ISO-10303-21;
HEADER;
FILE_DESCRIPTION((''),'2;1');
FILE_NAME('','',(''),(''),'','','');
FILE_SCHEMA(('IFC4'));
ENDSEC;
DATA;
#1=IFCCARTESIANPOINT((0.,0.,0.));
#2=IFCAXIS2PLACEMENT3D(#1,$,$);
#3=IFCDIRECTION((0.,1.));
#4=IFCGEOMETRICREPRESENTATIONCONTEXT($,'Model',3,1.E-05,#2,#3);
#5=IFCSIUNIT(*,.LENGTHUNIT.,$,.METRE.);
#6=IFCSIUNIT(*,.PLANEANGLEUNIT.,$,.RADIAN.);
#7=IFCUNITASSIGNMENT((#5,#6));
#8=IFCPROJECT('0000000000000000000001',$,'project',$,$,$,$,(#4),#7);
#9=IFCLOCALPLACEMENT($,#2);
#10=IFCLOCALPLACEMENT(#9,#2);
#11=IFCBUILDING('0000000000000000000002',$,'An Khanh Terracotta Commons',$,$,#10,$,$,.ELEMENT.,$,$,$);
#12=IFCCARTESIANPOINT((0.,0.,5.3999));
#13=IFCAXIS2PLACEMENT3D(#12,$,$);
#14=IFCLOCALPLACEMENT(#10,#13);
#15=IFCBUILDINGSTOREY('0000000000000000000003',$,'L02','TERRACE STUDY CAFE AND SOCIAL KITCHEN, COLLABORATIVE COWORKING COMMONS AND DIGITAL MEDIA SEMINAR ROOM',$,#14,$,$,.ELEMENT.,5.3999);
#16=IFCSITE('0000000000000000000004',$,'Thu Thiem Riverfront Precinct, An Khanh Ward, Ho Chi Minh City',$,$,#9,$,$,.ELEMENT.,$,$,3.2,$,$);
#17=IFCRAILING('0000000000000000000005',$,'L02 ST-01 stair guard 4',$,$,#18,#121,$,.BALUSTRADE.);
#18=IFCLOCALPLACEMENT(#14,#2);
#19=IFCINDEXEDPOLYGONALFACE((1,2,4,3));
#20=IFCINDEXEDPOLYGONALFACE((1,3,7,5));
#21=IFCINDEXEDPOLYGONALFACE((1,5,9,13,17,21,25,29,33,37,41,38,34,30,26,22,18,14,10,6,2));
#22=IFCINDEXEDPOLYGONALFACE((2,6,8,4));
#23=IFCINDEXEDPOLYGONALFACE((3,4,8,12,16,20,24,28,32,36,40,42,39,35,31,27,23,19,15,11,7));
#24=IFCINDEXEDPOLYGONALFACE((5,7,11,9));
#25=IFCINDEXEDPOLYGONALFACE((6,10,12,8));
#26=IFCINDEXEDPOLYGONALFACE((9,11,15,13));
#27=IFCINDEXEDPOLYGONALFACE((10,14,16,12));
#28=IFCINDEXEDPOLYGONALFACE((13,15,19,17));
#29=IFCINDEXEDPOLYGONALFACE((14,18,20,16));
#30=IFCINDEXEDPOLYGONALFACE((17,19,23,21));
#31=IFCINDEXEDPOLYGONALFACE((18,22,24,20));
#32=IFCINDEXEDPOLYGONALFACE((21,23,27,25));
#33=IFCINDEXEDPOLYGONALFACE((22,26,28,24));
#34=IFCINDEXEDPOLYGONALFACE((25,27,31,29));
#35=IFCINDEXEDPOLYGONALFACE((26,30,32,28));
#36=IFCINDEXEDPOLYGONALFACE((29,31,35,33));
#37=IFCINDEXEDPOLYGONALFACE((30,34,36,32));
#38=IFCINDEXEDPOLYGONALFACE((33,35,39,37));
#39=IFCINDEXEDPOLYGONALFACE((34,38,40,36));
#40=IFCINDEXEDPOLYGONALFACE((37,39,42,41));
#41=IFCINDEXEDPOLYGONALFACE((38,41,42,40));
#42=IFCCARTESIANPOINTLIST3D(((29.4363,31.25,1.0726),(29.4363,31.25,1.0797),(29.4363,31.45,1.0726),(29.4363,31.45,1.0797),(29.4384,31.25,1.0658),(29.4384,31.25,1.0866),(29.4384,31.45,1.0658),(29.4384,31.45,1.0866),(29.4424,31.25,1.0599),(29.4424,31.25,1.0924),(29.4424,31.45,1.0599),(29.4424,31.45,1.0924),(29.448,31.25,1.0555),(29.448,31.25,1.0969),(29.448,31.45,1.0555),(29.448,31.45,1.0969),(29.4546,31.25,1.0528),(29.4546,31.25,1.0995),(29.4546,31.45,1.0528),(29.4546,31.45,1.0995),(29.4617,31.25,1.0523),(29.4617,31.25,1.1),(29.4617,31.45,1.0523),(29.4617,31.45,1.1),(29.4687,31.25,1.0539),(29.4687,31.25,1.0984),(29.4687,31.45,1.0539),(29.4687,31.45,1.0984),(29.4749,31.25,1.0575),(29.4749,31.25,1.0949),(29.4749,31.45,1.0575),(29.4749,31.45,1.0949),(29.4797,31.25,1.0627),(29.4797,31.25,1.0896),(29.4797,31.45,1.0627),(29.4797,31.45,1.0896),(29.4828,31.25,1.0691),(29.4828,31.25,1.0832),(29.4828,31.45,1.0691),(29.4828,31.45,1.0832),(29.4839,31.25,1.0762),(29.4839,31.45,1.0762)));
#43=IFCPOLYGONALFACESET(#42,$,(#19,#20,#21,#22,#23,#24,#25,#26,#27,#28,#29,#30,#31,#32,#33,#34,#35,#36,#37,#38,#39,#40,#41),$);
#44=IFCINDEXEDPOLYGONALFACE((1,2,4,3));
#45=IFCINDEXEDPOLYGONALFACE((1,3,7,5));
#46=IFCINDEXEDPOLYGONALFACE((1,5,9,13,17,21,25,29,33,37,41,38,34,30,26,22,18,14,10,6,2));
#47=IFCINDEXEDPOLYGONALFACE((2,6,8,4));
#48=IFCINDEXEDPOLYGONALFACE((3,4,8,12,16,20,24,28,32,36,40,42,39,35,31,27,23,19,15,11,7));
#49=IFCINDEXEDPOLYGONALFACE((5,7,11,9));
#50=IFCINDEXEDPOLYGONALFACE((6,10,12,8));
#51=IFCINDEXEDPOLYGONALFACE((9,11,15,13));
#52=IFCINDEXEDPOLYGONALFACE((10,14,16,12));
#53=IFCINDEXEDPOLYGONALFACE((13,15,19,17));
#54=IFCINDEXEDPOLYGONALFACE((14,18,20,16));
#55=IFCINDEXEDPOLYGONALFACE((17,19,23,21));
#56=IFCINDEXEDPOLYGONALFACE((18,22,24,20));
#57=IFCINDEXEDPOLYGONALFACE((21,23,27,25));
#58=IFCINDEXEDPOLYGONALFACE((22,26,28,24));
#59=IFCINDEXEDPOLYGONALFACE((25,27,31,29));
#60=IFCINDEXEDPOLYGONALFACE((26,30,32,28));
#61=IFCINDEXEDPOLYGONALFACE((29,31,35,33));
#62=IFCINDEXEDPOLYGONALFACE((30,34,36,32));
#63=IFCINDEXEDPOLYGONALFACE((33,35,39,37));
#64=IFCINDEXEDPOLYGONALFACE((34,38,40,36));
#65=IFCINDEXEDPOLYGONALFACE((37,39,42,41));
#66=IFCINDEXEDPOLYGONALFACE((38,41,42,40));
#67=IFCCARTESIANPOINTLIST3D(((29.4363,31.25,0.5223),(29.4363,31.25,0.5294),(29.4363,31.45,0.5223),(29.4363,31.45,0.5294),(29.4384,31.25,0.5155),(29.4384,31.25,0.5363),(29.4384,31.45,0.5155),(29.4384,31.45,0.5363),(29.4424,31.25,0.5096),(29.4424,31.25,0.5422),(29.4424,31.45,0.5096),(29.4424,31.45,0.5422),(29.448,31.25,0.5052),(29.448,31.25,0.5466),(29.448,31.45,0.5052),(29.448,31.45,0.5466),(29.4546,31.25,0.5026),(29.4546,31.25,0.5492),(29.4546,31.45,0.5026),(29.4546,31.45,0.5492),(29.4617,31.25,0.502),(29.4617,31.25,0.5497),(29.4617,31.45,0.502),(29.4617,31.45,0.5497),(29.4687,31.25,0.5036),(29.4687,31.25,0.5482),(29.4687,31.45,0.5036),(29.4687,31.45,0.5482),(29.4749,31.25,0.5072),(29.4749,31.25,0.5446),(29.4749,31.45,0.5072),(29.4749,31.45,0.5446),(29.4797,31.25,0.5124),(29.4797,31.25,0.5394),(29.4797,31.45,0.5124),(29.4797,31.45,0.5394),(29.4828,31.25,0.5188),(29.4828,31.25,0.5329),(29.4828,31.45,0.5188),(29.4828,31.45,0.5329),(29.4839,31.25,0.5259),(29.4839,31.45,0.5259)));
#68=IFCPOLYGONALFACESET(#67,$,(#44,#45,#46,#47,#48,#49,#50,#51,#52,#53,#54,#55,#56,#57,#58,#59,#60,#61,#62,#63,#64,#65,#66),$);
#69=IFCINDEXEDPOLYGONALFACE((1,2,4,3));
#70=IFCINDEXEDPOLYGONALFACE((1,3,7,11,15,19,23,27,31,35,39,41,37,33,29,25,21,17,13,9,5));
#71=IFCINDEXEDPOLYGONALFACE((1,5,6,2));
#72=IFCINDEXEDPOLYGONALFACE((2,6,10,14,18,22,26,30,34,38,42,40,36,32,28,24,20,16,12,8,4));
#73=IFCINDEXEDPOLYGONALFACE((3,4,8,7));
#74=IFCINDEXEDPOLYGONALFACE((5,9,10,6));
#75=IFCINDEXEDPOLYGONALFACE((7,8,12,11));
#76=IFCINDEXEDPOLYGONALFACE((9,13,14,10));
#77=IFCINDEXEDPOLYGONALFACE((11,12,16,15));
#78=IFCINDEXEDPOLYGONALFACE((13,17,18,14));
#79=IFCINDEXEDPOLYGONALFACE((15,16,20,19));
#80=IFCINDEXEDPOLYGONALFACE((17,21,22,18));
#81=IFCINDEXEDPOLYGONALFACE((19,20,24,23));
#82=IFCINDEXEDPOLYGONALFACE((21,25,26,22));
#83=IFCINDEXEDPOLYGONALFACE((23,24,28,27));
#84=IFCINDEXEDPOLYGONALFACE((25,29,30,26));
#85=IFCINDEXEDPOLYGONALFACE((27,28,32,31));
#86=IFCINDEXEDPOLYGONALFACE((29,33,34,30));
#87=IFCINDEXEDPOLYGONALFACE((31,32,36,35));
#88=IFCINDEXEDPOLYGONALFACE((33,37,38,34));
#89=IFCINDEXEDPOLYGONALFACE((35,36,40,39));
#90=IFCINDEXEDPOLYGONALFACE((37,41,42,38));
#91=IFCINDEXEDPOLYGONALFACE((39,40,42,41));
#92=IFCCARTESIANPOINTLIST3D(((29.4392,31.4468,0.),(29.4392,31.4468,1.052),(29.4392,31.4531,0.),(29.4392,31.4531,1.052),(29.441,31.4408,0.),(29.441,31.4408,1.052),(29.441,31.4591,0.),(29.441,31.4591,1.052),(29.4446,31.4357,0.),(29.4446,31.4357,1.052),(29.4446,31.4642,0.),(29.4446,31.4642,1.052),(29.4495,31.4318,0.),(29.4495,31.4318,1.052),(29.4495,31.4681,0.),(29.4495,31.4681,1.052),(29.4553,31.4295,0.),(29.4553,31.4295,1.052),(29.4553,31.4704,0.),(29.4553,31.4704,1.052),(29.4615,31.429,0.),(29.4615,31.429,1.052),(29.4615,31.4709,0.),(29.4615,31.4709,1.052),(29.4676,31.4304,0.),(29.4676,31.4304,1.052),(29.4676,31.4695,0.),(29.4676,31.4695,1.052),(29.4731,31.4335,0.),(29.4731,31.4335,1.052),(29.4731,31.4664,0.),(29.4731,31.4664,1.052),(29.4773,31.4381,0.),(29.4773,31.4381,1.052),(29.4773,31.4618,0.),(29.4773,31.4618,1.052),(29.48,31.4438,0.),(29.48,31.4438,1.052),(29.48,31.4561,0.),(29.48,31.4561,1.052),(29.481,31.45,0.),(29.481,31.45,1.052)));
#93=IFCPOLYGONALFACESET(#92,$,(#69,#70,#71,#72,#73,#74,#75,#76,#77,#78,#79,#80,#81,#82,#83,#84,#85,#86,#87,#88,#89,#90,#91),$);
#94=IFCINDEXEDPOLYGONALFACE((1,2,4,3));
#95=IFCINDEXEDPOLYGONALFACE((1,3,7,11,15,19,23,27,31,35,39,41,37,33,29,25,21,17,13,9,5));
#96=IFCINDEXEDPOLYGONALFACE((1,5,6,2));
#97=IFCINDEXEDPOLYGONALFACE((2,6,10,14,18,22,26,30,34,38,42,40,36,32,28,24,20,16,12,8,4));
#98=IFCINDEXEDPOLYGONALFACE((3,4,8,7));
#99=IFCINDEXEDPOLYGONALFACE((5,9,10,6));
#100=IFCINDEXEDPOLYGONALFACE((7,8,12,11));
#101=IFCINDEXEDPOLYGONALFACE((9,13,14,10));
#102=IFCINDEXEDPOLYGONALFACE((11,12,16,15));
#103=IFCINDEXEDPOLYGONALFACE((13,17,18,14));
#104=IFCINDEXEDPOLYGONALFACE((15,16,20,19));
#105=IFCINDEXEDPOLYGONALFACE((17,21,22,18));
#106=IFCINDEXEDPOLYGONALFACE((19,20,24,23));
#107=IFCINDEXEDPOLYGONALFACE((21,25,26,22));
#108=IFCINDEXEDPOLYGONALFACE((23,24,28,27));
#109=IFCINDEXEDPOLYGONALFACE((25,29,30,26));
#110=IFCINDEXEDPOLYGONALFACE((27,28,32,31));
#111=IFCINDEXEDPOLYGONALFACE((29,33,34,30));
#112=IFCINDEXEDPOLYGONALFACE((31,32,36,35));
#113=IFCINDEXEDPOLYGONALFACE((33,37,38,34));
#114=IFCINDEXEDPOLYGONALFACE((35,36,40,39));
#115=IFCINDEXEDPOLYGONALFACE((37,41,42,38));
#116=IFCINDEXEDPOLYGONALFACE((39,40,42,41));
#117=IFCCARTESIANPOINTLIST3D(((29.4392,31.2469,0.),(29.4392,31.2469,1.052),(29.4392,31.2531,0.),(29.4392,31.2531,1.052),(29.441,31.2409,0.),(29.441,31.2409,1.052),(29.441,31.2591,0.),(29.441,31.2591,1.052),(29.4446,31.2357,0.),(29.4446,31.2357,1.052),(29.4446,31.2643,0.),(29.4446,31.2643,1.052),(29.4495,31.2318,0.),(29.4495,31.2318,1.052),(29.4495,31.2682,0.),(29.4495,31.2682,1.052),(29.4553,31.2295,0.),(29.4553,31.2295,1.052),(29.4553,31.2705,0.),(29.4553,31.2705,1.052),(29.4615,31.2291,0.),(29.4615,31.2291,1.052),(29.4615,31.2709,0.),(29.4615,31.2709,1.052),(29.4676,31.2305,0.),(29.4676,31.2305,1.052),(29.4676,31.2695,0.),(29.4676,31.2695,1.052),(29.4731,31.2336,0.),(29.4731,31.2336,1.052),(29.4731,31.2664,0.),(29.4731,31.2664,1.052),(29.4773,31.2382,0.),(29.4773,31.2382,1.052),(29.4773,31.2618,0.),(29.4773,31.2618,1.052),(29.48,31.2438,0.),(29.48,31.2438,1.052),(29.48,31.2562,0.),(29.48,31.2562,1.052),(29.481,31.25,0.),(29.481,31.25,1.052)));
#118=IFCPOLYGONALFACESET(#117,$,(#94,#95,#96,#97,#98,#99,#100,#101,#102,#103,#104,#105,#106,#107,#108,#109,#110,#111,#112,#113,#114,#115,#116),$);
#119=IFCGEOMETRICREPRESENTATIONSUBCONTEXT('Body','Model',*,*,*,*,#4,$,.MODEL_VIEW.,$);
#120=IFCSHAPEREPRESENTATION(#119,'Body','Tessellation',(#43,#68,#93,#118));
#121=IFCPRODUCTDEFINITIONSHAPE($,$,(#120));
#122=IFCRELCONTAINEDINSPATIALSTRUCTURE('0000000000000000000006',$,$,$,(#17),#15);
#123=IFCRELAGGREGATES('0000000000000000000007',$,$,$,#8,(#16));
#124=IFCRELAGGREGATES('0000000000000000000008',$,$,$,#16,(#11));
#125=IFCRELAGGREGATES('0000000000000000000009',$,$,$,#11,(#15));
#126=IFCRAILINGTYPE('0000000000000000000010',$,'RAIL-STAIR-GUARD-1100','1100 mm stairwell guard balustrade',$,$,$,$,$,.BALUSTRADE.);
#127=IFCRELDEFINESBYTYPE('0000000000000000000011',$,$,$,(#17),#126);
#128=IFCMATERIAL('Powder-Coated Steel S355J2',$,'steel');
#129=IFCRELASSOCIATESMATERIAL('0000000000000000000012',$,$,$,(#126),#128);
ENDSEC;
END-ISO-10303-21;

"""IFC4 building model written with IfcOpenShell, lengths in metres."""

from ifc_helpers import new_model, si_unit, direction, frame, origin, origin_2d, place, context, subcontext, project, spatial, circle, extrude, material, type_object, element, save


model = new_model("IFC4")

# Units and contexts
model_context = context("Model", 3, precision=1e-05, world=origin(), true_north=direction((0.0, 1.0)))
body_context = subcontext(model_context, "Body", "Model", "MODEL_VIEW")
ifc_project = project(units=[si_unit("LENGTHUNIT", "METRE"), si_unit("PLANEANGLEUNIT", "RADIAN")], contexts=[model_context])

# Site, building, storey
site_placement = place(None, origin())
site = spatial("IfcSite", under=ifc_project, at=site_placement, Name="Thu Thiem Riverfront Precinct, An Khanh Ward, Ho Chi Minh City", CompositionType="ELEMENT", RefElevation=3.2)
building_placement = place(site_placement, origin())
building = spatial("IfcBuilding", under=site, at=building_placement, Name="An Khanh Terracotta Commons", CompositionType="ELEMENT")
storey_placement = place(building_placement, frame((0.0, 0.0, 5.3999)))
storey = spatial("IfcBuildingStorey", under=building, at=storey_placement, Name="L02", Description="TERRACE STUDY CAFE AND SOCIAL KITCHEN, COLLABORATIVE COWORKING COMMONS AND DIGITAL MEDIA SEMINAR ROOM", CompositionType="ELEMENT", Elevation=5.3999)

# Railing
ifc_material_1 = material(Name="Powder-Coated Steel S355J2", Category="steel")
railing_type_1 = type_object("IfcRailingType", Name="RAIL-STAIR-GUARD-1100", Description="1100 mm stairwell guard balustrade", PredefinedType="BALUSTRADE", material=ifc_material_1)
railing_1_placement = place(storey_placement, frame((29.46, 31.45, 0.0)))
element("IfcRailing", 1, at=railing_1_placement, inside=storey, type_object=railing_type_1, Name="L02 ST-01 stair guard 4", PredefinedType="BALUSTRADE", context=body_context, shape_type="SweptSolid", body=[
    extrude(circle(Radius=0.0239, at=origin_2d()), frame((0.0, 0.0, 1.0762), z_axis=(0.0, -1.0, 0.0), x_axis=(1.0, 0.0, 0.0)), (0.0, 0.0, 1.0), 0.2),
    extrude(circle(Radius=0.0239, at=origin_2d()), frame((0.0, 0.0, 0.5259), z_axis=(0.0, -1.0, 0.0), x_axis=(1.0, 0.0, 0.0)), (0.0, 0.0, 1.0), 0.2),
    extrude(circle(Radius=0.021, at=origin_2d()), origin(), (0.0, 0.0, 1.0), 1.052),
    extrude(circle(Radius=0.021, at=origin_2d()), frame((0.0, -0.2, 0.0)), (0.0, 0.0, 1.0), 1.052),
])

save(model, "model.ifc")
